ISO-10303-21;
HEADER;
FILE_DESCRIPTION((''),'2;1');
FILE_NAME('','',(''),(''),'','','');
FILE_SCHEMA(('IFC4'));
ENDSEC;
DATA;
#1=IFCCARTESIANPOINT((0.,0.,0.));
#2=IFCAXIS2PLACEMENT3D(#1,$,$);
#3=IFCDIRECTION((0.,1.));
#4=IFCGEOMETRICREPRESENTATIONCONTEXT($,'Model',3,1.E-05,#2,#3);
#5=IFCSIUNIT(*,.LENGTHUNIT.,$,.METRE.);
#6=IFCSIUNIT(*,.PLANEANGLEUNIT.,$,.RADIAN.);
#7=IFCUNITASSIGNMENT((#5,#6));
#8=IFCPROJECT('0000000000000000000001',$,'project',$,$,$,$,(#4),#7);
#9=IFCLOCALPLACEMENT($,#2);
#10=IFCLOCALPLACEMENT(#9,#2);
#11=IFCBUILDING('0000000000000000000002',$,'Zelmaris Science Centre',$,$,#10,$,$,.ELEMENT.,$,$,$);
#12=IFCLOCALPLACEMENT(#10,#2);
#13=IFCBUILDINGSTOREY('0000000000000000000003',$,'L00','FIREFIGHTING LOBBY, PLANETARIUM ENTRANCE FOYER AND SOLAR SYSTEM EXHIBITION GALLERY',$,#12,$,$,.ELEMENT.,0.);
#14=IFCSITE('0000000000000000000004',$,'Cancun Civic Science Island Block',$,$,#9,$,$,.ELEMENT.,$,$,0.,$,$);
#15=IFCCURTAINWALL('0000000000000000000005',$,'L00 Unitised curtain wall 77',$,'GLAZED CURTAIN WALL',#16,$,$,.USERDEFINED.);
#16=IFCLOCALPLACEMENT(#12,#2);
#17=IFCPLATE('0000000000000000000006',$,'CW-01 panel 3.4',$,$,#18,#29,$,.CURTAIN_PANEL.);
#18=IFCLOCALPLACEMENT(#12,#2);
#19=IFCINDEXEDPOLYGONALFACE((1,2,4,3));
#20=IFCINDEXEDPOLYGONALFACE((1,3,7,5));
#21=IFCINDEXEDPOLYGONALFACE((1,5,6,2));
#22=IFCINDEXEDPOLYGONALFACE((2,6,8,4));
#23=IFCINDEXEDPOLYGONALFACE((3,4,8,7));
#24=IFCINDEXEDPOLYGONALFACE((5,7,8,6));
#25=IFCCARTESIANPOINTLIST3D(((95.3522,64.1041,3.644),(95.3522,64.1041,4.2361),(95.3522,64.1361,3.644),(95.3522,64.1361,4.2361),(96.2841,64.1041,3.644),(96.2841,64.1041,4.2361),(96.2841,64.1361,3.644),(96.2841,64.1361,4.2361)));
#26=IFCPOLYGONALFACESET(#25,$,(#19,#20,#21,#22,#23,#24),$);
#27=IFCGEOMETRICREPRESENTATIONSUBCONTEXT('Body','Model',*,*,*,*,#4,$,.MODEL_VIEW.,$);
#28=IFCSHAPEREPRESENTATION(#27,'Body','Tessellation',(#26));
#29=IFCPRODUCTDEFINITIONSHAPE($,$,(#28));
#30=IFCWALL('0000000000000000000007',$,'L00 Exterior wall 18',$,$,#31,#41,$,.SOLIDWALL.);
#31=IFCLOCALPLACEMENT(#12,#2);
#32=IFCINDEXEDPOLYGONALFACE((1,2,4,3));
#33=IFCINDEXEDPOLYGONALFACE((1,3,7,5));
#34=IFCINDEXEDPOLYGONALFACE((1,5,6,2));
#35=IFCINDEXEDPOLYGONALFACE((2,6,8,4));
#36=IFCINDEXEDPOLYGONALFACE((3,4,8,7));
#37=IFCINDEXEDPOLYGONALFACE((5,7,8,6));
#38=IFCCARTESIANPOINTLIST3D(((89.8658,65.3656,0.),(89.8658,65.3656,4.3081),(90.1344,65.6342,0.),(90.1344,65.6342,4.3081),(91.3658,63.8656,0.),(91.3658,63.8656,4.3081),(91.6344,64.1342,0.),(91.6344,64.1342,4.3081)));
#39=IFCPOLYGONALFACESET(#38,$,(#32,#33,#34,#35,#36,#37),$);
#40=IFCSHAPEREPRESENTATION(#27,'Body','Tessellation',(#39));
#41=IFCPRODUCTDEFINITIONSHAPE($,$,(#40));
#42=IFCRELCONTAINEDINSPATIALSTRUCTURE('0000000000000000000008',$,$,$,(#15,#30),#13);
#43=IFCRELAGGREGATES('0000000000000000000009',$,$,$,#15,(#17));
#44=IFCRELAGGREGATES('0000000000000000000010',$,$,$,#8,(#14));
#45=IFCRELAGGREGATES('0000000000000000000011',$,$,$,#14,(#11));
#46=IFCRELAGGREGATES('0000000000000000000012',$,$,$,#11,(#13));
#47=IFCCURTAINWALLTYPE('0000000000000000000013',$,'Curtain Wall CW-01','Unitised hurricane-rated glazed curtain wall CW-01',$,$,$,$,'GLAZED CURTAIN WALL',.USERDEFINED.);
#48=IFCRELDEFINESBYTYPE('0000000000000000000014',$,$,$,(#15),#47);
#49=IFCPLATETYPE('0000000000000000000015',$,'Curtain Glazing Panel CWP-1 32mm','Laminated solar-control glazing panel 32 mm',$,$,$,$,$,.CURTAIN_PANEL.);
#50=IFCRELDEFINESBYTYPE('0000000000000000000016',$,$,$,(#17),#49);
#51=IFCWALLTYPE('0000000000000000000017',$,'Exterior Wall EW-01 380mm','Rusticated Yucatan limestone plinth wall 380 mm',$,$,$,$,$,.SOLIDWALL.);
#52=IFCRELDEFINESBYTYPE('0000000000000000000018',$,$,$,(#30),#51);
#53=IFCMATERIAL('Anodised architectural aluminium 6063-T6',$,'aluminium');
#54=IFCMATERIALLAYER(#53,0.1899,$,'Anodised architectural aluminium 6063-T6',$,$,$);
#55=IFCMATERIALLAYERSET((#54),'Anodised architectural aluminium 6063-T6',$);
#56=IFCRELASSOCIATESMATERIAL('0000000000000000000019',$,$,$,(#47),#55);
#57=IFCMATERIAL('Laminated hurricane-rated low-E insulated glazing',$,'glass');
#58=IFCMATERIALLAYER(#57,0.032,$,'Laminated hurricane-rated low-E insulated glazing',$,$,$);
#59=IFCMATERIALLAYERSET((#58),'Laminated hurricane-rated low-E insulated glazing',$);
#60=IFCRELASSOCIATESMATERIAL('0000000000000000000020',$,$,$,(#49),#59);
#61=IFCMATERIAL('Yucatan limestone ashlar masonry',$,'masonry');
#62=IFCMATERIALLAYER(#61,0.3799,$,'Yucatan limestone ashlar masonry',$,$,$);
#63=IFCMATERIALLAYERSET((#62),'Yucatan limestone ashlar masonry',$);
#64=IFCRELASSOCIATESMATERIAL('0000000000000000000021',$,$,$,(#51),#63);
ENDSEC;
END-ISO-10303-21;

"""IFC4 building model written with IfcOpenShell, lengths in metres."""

from ifc_helpers import new_model, si_unit, direction, frame, frame_2d, origin, origin_2d, place, context, subcontext, project, spatial, rectangle, extrude, material, layer, layer_set, type_object, element, aggregate, save


model = new_model("IFC4")

# Units and contexts
model_context = context("Model", 3, precision=1e-05, world=origin(), true_north=direction((0.0, 1.0)))
body_context = subcontext(model_context, "Body", "Model", "MODEL_VIEW")
ifc_project = project(units=[si_unit("LENGTHUNIT", "METRE"), si_unit("PLANEANGLEUNIT", "RADIAN")], contexts=[model_context])

# Site, building, storey
site_placement = place(None, origin())
site = spatial("IfcSite", under=ifc_project, at=site_placement, Name="Cancun Civic Science Island Block", CompositionType="ELEMENT", RefElevation=0.0)
building_placement = place(site_placement, origin())
building = spatial("IfcBuilding", under=site, at=building_placement, Name="Zelmaris Science Centre", CompositionType="ELEMENT")
storey_placement = place(building_placement, origin())
storey = spatial("IfcBuildingStorey", under=building, at=storey_placement, Name="L00", Description="FIREFIGHTING LOBBY, PLANETARIUM ENTRANCE FOYER AND SOLAR SYSTEM EXHIBITION GALLERY", CompositionType="ELEMENT", Elevation=0.0)

# Curtain wall
ifc_material_1 = material(Name="Anodised architectural aluminium 6063-T6", Category="aluminium")
ifc_layer_1 = layer(ifc_material_1, 0.1899, Name="Anodised architectural aluminium 6063-T6")
ifc_layer_set_1 = layer_set([ifc_layer_1], Name="Anodised architectural aluminium 6063-T6")
curtain_wall_type = type_object("IfcCurtainWallType", Name="Curtain Wall CW-01", Description="Unitised hurricane-rated glazed curtain wall CW-01", ElementType="GLAZED CURTAIN WALL", PredefinedType="USERDEFINED", material=ifc_layer_set_1)
curtain_wall_placement = place(storey_placement, origin())
curtain_wall = element("IfcCurtainWall", 1, at=curtain_wall_placement, inside=storey, type_object=curtain_wall_type, Name="L00 Unitised curtain wall 77", ObjectType="GLAZED CURTAIN WALL", PredefinedType="USERDEFINED")

# Plate
ifc_material_2 = material(Name="Laminated hurricane-rated low-E insulated glazing", Category="glass")
ifc_layer_2 = layer(ifc_material_2, 0.032, Name="Laminated hurricane-rated low-E insulated glazing")
ifc_layer_set_2 = layer_set([ifc_layer_2], Name="Laminated hurricane-rated low-E insulated glazing")
plate_type = type_object("IfcPlateType", Name="Curtain Glazing Panel CWP-1 32mm", Description="Laminated solar-control glazing panel 32 mm", PredefinedType="CURTAIN_PANEL", material=ifc_layer_set_2)
plate_1_placement = place(storey_placement, frame((95.8181, 64.1201, 3.644), z_axis=(0.0, 0.0, 1.0), x_axis=(-1.0, 0.0, 0.0)))
plate_1 = element("IfcPlate", 2, at=plate_1_placement, type_object=plate_type, Name="CW-01 panel 3.4", PredefinedType="CURTAIN_PANEL", context=body_context, shape_type="SweptSolid", body=[
    extrude(rectangle(XDim=0.9319, YDim=0.032, at=origin_2d()), origin(), (0.0, 0.0, 1.0), 0.592),
])
aggregate(curtain_wall, [plate_1])

# Wall
ifc_material_3 = material(Name="Yucatan limestone ashlar masonry", Category="masonry")
ifc_layer_3 = layer(ifc_material_3, 0.3799, Name="Yucatan limestone ashlar masonry")
ifc_layer_set_3 = layer_set([ifc_layer_3], Name="Yucatan limestone ashlar masonry")
wall_type = type_object("IfcWallType", Name="Exterior Wall EW-01 380mm", Description="Rusticated Yucatan limestone plinth wall 380 mm", PredefinedType="SOLIDWALL", material=ifc_layer_set_3)
wall_placement = place(storey_placement, frame((91.5, 64.0, 0.0), z_axis=(0.0, 0.0, 1.0), x_axis=(-0.707107, 0.707107, 0.0)))
element("IfcWall", 3, at=wall_placement, inside=storey, type_object=wall_type, Name="L00 Exterior wall 18", PredefinedType="SOLIDWALL", context=body_context, shape_type="SweptSolid", body=[
    extrude(rectangle(XDim=2.1213, YDim=0.3799, at=frame_2d((1.0605, 0.0))), origin(), (0.0, 0.0, 1.0), 4.3081),
])

save(model, "model.ifc")
